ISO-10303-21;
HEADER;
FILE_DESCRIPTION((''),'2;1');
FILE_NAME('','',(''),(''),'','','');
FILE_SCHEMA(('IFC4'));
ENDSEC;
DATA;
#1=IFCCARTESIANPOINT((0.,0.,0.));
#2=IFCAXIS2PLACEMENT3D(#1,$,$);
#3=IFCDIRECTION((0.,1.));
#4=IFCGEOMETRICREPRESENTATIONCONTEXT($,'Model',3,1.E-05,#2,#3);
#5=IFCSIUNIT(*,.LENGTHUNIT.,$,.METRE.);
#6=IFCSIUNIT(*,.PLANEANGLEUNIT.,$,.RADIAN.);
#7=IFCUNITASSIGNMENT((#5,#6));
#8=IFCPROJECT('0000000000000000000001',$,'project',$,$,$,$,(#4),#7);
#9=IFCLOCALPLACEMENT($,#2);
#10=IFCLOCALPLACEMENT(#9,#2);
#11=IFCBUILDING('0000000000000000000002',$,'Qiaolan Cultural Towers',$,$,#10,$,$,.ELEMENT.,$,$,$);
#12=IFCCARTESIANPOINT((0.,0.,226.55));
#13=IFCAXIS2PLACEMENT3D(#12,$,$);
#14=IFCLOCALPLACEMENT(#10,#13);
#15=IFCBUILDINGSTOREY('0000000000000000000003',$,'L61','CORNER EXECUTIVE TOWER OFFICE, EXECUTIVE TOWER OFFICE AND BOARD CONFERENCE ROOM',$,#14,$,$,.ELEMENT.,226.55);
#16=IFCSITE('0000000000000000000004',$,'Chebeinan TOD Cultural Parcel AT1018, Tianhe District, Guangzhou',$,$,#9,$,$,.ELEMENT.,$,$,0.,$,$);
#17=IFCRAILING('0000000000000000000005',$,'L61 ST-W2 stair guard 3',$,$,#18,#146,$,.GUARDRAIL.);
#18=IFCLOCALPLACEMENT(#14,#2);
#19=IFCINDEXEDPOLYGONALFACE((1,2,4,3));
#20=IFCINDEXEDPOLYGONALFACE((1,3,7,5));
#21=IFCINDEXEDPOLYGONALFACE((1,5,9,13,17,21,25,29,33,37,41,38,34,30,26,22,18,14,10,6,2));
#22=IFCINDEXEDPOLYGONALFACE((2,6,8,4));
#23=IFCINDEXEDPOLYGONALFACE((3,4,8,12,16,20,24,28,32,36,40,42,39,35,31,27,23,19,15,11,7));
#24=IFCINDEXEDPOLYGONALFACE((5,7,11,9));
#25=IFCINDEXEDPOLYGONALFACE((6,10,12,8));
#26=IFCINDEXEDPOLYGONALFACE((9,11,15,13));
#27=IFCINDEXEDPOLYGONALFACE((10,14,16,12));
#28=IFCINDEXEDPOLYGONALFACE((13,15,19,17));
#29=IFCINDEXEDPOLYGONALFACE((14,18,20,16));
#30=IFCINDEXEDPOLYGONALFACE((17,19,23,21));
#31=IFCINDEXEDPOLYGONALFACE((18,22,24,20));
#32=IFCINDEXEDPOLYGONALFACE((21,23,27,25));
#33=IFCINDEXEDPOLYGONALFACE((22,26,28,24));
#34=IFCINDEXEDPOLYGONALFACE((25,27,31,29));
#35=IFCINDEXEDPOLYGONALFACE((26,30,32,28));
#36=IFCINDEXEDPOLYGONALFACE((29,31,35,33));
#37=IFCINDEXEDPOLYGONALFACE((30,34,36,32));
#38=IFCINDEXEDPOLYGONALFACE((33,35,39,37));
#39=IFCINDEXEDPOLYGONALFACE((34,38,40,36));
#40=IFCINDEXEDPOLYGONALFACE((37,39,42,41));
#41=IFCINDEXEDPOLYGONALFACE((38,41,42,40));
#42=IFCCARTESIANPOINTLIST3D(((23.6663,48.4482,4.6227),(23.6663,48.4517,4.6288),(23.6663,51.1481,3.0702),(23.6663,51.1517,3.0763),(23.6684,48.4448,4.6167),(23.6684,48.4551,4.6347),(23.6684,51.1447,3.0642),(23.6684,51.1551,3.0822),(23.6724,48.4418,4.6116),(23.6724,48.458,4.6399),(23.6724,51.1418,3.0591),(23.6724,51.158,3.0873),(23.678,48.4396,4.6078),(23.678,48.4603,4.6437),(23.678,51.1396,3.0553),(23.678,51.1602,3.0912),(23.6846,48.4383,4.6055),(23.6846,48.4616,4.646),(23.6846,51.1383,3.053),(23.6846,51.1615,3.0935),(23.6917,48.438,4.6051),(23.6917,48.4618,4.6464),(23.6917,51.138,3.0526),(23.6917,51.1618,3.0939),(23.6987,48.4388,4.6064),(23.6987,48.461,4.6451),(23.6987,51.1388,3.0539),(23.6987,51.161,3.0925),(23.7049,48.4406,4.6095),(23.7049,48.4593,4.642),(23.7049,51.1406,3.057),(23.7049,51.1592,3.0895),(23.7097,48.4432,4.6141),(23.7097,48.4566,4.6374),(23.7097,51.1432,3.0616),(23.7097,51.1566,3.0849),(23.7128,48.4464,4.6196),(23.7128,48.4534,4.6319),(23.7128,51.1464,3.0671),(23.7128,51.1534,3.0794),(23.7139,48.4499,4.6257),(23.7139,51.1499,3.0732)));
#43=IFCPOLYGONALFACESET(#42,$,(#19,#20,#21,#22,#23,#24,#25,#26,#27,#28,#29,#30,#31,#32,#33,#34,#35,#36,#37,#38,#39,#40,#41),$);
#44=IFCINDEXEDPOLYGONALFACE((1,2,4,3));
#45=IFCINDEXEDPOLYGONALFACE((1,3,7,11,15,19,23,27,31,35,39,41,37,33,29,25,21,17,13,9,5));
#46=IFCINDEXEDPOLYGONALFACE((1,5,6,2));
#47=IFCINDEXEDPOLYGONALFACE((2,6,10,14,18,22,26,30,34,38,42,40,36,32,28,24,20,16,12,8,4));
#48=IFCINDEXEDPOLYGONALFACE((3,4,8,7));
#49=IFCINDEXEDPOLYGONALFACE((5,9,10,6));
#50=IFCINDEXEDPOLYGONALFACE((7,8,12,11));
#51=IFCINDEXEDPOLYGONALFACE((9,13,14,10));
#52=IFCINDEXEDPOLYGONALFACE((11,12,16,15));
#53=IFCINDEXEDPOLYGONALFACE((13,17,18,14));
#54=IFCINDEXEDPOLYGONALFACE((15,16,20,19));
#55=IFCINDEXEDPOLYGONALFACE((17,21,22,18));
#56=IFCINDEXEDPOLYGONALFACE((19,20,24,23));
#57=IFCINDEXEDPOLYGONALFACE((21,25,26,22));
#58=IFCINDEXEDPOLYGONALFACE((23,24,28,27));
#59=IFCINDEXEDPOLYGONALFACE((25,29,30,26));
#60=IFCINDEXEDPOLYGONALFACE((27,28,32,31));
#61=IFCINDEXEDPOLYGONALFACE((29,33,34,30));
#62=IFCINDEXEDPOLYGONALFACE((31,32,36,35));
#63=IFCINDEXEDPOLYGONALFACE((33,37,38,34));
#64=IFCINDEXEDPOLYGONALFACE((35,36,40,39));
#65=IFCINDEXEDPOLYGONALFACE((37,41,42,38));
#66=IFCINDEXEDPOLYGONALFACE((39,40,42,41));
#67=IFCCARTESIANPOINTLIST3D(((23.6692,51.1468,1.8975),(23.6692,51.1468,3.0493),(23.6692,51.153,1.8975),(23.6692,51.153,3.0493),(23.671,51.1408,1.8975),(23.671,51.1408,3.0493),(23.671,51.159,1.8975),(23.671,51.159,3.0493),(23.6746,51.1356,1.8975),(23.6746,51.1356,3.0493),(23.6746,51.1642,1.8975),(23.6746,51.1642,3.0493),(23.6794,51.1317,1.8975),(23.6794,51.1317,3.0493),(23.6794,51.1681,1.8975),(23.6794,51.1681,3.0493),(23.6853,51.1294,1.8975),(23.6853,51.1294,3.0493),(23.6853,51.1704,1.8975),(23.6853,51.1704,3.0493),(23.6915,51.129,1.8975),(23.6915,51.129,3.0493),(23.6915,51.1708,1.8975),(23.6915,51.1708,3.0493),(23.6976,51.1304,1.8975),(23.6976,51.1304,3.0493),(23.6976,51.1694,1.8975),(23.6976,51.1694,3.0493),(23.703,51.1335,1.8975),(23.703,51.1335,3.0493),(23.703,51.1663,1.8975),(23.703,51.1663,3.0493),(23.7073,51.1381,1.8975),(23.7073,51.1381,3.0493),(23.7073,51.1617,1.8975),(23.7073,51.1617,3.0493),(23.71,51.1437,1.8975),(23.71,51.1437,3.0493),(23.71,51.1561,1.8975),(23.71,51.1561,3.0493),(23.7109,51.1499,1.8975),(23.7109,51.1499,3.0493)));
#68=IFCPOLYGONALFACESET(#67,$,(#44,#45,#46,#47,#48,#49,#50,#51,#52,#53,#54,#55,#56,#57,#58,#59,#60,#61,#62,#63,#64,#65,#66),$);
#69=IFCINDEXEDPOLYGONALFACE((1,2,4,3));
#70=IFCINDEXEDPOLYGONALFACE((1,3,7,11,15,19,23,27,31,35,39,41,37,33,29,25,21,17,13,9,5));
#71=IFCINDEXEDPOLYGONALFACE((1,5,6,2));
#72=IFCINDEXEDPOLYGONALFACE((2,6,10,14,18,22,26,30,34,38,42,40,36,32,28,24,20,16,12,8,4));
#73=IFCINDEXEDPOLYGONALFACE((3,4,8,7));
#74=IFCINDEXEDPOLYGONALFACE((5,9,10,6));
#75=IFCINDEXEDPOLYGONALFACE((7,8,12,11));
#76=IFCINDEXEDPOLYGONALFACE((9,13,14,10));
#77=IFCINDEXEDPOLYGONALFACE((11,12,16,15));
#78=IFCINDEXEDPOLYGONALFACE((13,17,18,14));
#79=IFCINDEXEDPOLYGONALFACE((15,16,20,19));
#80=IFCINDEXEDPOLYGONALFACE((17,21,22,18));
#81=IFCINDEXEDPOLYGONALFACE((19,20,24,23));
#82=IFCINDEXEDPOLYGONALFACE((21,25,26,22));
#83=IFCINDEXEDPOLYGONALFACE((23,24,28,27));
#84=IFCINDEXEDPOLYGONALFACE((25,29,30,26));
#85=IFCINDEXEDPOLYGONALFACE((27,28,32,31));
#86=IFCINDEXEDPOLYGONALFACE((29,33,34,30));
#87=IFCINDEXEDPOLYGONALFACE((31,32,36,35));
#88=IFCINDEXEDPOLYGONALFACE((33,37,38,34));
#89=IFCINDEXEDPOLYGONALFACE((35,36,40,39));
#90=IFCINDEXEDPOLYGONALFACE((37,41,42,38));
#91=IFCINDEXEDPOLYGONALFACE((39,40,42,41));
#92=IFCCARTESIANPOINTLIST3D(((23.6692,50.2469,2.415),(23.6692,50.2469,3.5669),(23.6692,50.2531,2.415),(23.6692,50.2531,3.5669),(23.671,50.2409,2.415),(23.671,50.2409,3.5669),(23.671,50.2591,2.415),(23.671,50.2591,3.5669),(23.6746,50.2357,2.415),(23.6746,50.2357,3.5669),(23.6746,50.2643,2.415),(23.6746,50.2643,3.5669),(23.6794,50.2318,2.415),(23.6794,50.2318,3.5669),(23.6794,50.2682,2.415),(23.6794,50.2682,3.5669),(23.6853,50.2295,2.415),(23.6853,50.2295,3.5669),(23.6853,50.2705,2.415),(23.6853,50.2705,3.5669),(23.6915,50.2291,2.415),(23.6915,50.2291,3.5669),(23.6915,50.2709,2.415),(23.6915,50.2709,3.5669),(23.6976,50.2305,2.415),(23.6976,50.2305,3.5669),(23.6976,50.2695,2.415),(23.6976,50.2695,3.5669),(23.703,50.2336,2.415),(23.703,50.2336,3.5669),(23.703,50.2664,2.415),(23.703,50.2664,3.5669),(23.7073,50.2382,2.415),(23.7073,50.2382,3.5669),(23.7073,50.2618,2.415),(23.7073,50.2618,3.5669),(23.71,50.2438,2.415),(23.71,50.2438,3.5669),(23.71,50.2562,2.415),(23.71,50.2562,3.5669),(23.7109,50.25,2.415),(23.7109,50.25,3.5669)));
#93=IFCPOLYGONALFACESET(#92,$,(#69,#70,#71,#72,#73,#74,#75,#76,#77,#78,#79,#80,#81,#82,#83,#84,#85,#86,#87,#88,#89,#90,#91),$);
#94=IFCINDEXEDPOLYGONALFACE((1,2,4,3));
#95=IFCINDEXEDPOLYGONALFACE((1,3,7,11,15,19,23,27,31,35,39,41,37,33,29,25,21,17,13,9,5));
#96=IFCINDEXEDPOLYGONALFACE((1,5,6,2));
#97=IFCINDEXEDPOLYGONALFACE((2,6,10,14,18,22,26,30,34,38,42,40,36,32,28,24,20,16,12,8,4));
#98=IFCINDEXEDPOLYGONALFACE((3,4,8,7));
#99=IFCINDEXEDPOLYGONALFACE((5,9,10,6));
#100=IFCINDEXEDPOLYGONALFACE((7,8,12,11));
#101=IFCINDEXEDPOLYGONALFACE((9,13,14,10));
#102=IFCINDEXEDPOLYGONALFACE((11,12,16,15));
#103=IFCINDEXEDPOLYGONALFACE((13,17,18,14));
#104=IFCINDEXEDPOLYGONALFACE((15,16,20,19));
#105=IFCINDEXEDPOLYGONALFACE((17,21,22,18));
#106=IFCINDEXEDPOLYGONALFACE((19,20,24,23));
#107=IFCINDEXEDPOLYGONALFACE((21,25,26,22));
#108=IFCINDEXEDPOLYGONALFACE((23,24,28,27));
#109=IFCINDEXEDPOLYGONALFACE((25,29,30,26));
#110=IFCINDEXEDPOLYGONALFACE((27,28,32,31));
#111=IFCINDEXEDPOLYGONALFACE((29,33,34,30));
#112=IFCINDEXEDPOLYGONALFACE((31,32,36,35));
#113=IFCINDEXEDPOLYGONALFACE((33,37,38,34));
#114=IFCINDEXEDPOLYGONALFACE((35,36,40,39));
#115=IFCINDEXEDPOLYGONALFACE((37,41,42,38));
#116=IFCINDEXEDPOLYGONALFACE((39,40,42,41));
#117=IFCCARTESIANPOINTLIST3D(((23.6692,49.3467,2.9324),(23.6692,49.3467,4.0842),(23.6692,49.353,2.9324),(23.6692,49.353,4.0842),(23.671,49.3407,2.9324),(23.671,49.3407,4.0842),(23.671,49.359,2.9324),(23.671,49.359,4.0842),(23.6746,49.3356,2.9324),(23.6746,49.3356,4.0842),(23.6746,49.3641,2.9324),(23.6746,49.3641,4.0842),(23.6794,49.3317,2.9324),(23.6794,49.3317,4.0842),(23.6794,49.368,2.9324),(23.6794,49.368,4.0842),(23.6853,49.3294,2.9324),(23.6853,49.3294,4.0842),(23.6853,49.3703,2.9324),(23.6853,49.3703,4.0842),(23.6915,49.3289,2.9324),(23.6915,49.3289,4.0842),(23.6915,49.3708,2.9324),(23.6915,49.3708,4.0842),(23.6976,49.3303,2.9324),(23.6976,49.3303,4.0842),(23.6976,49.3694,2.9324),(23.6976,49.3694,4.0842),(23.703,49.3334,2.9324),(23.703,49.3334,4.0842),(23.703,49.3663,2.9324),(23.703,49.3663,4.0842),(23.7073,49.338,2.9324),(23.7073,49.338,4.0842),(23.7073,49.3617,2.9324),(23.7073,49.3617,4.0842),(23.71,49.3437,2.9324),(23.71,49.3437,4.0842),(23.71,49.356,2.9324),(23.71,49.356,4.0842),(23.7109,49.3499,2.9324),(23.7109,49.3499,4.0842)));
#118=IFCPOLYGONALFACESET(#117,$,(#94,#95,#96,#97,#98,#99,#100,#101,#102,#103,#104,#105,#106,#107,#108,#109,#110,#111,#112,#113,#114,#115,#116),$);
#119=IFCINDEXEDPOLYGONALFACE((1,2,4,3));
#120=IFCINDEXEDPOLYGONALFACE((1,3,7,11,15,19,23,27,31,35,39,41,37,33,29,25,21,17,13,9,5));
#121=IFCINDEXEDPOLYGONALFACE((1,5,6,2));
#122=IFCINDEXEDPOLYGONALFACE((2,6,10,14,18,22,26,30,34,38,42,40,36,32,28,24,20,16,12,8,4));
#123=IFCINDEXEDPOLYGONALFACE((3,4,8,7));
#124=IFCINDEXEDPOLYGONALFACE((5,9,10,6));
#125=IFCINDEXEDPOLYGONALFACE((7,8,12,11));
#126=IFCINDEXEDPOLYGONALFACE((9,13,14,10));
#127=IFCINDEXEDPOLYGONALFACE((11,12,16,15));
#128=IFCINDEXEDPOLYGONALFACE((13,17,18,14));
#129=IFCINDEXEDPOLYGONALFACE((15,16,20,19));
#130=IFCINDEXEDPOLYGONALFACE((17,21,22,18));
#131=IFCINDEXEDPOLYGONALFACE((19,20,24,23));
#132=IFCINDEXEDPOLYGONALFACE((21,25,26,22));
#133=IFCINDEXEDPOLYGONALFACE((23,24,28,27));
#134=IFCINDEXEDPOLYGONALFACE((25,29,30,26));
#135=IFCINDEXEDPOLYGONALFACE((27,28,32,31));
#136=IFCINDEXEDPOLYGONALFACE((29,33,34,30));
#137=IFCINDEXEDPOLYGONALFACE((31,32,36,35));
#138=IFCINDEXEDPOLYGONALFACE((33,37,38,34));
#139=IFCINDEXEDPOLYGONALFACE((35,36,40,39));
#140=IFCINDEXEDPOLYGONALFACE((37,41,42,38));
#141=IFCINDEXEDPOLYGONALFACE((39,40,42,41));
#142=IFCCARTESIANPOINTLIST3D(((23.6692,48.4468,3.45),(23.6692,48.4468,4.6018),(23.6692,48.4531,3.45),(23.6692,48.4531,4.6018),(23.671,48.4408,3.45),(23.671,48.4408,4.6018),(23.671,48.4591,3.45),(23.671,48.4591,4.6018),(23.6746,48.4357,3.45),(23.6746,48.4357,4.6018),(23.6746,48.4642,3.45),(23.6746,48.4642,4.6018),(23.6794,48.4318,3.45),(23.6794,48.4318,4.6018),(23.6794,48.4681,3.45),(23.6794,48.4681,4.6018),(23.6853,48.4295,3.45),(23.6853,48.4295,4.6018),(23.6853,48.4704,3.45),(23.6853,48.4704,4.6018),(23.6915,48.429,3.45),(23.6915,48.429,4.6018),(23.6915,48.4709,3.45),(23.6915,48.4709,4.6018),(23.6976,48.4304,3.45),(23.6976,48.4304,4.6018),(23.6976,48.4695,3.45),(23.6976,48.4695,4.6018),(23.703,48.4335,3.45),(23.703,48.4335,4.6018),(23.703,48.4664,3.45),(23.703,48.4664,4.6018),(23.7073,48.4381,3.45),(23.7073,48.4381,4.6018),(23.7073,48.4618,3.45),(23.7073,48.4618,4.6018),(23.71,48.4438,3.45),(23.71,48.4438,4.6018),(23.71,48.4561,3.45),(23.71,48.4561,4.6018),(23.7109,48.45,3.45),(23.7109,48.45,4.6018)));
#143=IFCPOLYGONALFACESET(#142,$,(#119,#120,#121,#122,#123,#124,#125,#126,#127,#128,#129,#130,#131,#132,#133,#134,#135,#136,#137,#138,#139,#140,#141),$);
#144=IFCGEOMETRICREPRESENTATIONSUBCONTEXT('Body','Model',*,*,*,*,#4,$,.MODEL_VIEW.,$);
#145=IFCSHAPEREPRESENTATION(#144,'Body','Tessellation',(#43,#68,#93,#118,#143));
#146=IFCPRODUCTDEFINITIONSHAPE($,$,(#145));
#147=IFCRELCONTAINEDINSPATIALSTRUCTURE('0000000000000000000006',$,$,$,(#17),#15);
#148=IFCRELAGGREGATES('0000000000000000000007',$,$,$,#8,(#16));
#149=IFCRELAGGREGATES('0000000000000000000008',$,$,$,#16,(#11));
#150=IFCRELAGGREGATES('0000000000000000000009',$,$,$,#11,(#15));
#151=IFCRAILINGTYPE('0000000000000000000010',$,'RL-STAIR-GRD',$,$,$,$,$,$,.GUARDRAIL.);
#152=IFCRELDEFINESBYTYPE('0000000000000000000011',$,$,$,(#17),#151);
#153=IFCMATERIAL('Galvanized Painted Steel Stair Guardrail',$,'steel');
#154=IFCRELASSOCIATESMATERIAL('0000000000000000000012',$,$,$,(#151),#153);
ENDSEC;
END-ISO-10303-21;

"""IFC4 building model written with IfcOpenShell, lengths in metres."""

from ifc_helpers import new_model, si_unit, direction, frame, origin, origin_2d, place, context, subcontext, project, spatial, circle, extrude, material, type_object, element, save


model = new_model("IFC4")

# Units and contexts
model_context = context("Model", 3, precision=1e-05, world=origin(), true_north=direction((0.0, 1.0)))
body_context = subcontext(model_context, "Body", "Model", "MODEL_VIEW")
ifc_project = project(units=[si_unit("LENGTHUNIT", "METRE"), si_unit("PLANEANGLEUNIT", "RADIAN")], contexts=[model_context])

# Site, building, storey
site_placement = place(None, origin())
site = spatial("IfcSite", under=ifc_project, at=site_placement, Name="Chebeinan TOD Cultural Parcel AT1018, Tianhe District, Guangzhou", CompositionType="ELEMENT", RefElevation=0.0)
building_placement = place(site_placement, origin())
building = spatial("IfcBuilding", under=site, at=building_placement, Name="Qiaolan Cultural Towers", CompositionType="ELEMENT")
storey_placement = place(building_placement, frame((0.0, 0.0, 226.55)))
storey = spatial("IfcBuildingStorey", under=building, at=storey_placement, Name="L61", Description="CORNER EXECUTIVE TOWER OFFICE, EXECUTIVE TOWER OFFICE AND BOARD CONFERENCE ROOM", CompositionType="ELEMENT", Elevation=226.55)

# Railing
ifc_material_1 = material(Name="Galvanized Painted Steel Stair Guardrail", Category="steel")
railing_type_1 = type_object("IfcRailingType", Name="RL-STAIR-GRD", PredefinedType="GUARDRAIL", material=ifc_material_1)
railing_1_placement = place(storey_placement, frame((23.6899, 51.1499, 1.8975)))
element("IfcRailing", 1, at=railing_1_placement, inside=storey, type_object=railing_type_1, Name="L61 ST-W2 stair guard 3", PredefinedType="GUARDRAIL", context=body_context, shape_type="SweptSolid", body=[
    extrude(circle(Radius=0.0239, at=origin_2d()), frame((0.0, 0.0, 1.1758), z_axis=(0.0, -0.866904, 0.498476), x_axis=(1.0, 0.0, 0.0)), (0.0, 0.0, 1.0), 3.1145),
    extrude(circle(Radius=0.021, at=origin_2d()), origin(), (0.0, 0.0, 1.0), 1.1519),
    extrude(circle(Radius=0.021, at=origin_2d()), frame((0.0, -0.8999, 0.5176)), (0.0, 0.0, 1.0), 1.1519),
    extrude(circle(Radius=0.021, at=origin_2d()), frame((0.0, -1.8, 1.0349)), (0.0, 0.0, 1.0), 1.1519),
    extrude(circle(Radius=0.021, at=origin_2d()), frame((0.0, -2.7, 1.5525)), (0.0, 0.0, 1.0), 1.1519),
])

save(model, "model.ifc")
